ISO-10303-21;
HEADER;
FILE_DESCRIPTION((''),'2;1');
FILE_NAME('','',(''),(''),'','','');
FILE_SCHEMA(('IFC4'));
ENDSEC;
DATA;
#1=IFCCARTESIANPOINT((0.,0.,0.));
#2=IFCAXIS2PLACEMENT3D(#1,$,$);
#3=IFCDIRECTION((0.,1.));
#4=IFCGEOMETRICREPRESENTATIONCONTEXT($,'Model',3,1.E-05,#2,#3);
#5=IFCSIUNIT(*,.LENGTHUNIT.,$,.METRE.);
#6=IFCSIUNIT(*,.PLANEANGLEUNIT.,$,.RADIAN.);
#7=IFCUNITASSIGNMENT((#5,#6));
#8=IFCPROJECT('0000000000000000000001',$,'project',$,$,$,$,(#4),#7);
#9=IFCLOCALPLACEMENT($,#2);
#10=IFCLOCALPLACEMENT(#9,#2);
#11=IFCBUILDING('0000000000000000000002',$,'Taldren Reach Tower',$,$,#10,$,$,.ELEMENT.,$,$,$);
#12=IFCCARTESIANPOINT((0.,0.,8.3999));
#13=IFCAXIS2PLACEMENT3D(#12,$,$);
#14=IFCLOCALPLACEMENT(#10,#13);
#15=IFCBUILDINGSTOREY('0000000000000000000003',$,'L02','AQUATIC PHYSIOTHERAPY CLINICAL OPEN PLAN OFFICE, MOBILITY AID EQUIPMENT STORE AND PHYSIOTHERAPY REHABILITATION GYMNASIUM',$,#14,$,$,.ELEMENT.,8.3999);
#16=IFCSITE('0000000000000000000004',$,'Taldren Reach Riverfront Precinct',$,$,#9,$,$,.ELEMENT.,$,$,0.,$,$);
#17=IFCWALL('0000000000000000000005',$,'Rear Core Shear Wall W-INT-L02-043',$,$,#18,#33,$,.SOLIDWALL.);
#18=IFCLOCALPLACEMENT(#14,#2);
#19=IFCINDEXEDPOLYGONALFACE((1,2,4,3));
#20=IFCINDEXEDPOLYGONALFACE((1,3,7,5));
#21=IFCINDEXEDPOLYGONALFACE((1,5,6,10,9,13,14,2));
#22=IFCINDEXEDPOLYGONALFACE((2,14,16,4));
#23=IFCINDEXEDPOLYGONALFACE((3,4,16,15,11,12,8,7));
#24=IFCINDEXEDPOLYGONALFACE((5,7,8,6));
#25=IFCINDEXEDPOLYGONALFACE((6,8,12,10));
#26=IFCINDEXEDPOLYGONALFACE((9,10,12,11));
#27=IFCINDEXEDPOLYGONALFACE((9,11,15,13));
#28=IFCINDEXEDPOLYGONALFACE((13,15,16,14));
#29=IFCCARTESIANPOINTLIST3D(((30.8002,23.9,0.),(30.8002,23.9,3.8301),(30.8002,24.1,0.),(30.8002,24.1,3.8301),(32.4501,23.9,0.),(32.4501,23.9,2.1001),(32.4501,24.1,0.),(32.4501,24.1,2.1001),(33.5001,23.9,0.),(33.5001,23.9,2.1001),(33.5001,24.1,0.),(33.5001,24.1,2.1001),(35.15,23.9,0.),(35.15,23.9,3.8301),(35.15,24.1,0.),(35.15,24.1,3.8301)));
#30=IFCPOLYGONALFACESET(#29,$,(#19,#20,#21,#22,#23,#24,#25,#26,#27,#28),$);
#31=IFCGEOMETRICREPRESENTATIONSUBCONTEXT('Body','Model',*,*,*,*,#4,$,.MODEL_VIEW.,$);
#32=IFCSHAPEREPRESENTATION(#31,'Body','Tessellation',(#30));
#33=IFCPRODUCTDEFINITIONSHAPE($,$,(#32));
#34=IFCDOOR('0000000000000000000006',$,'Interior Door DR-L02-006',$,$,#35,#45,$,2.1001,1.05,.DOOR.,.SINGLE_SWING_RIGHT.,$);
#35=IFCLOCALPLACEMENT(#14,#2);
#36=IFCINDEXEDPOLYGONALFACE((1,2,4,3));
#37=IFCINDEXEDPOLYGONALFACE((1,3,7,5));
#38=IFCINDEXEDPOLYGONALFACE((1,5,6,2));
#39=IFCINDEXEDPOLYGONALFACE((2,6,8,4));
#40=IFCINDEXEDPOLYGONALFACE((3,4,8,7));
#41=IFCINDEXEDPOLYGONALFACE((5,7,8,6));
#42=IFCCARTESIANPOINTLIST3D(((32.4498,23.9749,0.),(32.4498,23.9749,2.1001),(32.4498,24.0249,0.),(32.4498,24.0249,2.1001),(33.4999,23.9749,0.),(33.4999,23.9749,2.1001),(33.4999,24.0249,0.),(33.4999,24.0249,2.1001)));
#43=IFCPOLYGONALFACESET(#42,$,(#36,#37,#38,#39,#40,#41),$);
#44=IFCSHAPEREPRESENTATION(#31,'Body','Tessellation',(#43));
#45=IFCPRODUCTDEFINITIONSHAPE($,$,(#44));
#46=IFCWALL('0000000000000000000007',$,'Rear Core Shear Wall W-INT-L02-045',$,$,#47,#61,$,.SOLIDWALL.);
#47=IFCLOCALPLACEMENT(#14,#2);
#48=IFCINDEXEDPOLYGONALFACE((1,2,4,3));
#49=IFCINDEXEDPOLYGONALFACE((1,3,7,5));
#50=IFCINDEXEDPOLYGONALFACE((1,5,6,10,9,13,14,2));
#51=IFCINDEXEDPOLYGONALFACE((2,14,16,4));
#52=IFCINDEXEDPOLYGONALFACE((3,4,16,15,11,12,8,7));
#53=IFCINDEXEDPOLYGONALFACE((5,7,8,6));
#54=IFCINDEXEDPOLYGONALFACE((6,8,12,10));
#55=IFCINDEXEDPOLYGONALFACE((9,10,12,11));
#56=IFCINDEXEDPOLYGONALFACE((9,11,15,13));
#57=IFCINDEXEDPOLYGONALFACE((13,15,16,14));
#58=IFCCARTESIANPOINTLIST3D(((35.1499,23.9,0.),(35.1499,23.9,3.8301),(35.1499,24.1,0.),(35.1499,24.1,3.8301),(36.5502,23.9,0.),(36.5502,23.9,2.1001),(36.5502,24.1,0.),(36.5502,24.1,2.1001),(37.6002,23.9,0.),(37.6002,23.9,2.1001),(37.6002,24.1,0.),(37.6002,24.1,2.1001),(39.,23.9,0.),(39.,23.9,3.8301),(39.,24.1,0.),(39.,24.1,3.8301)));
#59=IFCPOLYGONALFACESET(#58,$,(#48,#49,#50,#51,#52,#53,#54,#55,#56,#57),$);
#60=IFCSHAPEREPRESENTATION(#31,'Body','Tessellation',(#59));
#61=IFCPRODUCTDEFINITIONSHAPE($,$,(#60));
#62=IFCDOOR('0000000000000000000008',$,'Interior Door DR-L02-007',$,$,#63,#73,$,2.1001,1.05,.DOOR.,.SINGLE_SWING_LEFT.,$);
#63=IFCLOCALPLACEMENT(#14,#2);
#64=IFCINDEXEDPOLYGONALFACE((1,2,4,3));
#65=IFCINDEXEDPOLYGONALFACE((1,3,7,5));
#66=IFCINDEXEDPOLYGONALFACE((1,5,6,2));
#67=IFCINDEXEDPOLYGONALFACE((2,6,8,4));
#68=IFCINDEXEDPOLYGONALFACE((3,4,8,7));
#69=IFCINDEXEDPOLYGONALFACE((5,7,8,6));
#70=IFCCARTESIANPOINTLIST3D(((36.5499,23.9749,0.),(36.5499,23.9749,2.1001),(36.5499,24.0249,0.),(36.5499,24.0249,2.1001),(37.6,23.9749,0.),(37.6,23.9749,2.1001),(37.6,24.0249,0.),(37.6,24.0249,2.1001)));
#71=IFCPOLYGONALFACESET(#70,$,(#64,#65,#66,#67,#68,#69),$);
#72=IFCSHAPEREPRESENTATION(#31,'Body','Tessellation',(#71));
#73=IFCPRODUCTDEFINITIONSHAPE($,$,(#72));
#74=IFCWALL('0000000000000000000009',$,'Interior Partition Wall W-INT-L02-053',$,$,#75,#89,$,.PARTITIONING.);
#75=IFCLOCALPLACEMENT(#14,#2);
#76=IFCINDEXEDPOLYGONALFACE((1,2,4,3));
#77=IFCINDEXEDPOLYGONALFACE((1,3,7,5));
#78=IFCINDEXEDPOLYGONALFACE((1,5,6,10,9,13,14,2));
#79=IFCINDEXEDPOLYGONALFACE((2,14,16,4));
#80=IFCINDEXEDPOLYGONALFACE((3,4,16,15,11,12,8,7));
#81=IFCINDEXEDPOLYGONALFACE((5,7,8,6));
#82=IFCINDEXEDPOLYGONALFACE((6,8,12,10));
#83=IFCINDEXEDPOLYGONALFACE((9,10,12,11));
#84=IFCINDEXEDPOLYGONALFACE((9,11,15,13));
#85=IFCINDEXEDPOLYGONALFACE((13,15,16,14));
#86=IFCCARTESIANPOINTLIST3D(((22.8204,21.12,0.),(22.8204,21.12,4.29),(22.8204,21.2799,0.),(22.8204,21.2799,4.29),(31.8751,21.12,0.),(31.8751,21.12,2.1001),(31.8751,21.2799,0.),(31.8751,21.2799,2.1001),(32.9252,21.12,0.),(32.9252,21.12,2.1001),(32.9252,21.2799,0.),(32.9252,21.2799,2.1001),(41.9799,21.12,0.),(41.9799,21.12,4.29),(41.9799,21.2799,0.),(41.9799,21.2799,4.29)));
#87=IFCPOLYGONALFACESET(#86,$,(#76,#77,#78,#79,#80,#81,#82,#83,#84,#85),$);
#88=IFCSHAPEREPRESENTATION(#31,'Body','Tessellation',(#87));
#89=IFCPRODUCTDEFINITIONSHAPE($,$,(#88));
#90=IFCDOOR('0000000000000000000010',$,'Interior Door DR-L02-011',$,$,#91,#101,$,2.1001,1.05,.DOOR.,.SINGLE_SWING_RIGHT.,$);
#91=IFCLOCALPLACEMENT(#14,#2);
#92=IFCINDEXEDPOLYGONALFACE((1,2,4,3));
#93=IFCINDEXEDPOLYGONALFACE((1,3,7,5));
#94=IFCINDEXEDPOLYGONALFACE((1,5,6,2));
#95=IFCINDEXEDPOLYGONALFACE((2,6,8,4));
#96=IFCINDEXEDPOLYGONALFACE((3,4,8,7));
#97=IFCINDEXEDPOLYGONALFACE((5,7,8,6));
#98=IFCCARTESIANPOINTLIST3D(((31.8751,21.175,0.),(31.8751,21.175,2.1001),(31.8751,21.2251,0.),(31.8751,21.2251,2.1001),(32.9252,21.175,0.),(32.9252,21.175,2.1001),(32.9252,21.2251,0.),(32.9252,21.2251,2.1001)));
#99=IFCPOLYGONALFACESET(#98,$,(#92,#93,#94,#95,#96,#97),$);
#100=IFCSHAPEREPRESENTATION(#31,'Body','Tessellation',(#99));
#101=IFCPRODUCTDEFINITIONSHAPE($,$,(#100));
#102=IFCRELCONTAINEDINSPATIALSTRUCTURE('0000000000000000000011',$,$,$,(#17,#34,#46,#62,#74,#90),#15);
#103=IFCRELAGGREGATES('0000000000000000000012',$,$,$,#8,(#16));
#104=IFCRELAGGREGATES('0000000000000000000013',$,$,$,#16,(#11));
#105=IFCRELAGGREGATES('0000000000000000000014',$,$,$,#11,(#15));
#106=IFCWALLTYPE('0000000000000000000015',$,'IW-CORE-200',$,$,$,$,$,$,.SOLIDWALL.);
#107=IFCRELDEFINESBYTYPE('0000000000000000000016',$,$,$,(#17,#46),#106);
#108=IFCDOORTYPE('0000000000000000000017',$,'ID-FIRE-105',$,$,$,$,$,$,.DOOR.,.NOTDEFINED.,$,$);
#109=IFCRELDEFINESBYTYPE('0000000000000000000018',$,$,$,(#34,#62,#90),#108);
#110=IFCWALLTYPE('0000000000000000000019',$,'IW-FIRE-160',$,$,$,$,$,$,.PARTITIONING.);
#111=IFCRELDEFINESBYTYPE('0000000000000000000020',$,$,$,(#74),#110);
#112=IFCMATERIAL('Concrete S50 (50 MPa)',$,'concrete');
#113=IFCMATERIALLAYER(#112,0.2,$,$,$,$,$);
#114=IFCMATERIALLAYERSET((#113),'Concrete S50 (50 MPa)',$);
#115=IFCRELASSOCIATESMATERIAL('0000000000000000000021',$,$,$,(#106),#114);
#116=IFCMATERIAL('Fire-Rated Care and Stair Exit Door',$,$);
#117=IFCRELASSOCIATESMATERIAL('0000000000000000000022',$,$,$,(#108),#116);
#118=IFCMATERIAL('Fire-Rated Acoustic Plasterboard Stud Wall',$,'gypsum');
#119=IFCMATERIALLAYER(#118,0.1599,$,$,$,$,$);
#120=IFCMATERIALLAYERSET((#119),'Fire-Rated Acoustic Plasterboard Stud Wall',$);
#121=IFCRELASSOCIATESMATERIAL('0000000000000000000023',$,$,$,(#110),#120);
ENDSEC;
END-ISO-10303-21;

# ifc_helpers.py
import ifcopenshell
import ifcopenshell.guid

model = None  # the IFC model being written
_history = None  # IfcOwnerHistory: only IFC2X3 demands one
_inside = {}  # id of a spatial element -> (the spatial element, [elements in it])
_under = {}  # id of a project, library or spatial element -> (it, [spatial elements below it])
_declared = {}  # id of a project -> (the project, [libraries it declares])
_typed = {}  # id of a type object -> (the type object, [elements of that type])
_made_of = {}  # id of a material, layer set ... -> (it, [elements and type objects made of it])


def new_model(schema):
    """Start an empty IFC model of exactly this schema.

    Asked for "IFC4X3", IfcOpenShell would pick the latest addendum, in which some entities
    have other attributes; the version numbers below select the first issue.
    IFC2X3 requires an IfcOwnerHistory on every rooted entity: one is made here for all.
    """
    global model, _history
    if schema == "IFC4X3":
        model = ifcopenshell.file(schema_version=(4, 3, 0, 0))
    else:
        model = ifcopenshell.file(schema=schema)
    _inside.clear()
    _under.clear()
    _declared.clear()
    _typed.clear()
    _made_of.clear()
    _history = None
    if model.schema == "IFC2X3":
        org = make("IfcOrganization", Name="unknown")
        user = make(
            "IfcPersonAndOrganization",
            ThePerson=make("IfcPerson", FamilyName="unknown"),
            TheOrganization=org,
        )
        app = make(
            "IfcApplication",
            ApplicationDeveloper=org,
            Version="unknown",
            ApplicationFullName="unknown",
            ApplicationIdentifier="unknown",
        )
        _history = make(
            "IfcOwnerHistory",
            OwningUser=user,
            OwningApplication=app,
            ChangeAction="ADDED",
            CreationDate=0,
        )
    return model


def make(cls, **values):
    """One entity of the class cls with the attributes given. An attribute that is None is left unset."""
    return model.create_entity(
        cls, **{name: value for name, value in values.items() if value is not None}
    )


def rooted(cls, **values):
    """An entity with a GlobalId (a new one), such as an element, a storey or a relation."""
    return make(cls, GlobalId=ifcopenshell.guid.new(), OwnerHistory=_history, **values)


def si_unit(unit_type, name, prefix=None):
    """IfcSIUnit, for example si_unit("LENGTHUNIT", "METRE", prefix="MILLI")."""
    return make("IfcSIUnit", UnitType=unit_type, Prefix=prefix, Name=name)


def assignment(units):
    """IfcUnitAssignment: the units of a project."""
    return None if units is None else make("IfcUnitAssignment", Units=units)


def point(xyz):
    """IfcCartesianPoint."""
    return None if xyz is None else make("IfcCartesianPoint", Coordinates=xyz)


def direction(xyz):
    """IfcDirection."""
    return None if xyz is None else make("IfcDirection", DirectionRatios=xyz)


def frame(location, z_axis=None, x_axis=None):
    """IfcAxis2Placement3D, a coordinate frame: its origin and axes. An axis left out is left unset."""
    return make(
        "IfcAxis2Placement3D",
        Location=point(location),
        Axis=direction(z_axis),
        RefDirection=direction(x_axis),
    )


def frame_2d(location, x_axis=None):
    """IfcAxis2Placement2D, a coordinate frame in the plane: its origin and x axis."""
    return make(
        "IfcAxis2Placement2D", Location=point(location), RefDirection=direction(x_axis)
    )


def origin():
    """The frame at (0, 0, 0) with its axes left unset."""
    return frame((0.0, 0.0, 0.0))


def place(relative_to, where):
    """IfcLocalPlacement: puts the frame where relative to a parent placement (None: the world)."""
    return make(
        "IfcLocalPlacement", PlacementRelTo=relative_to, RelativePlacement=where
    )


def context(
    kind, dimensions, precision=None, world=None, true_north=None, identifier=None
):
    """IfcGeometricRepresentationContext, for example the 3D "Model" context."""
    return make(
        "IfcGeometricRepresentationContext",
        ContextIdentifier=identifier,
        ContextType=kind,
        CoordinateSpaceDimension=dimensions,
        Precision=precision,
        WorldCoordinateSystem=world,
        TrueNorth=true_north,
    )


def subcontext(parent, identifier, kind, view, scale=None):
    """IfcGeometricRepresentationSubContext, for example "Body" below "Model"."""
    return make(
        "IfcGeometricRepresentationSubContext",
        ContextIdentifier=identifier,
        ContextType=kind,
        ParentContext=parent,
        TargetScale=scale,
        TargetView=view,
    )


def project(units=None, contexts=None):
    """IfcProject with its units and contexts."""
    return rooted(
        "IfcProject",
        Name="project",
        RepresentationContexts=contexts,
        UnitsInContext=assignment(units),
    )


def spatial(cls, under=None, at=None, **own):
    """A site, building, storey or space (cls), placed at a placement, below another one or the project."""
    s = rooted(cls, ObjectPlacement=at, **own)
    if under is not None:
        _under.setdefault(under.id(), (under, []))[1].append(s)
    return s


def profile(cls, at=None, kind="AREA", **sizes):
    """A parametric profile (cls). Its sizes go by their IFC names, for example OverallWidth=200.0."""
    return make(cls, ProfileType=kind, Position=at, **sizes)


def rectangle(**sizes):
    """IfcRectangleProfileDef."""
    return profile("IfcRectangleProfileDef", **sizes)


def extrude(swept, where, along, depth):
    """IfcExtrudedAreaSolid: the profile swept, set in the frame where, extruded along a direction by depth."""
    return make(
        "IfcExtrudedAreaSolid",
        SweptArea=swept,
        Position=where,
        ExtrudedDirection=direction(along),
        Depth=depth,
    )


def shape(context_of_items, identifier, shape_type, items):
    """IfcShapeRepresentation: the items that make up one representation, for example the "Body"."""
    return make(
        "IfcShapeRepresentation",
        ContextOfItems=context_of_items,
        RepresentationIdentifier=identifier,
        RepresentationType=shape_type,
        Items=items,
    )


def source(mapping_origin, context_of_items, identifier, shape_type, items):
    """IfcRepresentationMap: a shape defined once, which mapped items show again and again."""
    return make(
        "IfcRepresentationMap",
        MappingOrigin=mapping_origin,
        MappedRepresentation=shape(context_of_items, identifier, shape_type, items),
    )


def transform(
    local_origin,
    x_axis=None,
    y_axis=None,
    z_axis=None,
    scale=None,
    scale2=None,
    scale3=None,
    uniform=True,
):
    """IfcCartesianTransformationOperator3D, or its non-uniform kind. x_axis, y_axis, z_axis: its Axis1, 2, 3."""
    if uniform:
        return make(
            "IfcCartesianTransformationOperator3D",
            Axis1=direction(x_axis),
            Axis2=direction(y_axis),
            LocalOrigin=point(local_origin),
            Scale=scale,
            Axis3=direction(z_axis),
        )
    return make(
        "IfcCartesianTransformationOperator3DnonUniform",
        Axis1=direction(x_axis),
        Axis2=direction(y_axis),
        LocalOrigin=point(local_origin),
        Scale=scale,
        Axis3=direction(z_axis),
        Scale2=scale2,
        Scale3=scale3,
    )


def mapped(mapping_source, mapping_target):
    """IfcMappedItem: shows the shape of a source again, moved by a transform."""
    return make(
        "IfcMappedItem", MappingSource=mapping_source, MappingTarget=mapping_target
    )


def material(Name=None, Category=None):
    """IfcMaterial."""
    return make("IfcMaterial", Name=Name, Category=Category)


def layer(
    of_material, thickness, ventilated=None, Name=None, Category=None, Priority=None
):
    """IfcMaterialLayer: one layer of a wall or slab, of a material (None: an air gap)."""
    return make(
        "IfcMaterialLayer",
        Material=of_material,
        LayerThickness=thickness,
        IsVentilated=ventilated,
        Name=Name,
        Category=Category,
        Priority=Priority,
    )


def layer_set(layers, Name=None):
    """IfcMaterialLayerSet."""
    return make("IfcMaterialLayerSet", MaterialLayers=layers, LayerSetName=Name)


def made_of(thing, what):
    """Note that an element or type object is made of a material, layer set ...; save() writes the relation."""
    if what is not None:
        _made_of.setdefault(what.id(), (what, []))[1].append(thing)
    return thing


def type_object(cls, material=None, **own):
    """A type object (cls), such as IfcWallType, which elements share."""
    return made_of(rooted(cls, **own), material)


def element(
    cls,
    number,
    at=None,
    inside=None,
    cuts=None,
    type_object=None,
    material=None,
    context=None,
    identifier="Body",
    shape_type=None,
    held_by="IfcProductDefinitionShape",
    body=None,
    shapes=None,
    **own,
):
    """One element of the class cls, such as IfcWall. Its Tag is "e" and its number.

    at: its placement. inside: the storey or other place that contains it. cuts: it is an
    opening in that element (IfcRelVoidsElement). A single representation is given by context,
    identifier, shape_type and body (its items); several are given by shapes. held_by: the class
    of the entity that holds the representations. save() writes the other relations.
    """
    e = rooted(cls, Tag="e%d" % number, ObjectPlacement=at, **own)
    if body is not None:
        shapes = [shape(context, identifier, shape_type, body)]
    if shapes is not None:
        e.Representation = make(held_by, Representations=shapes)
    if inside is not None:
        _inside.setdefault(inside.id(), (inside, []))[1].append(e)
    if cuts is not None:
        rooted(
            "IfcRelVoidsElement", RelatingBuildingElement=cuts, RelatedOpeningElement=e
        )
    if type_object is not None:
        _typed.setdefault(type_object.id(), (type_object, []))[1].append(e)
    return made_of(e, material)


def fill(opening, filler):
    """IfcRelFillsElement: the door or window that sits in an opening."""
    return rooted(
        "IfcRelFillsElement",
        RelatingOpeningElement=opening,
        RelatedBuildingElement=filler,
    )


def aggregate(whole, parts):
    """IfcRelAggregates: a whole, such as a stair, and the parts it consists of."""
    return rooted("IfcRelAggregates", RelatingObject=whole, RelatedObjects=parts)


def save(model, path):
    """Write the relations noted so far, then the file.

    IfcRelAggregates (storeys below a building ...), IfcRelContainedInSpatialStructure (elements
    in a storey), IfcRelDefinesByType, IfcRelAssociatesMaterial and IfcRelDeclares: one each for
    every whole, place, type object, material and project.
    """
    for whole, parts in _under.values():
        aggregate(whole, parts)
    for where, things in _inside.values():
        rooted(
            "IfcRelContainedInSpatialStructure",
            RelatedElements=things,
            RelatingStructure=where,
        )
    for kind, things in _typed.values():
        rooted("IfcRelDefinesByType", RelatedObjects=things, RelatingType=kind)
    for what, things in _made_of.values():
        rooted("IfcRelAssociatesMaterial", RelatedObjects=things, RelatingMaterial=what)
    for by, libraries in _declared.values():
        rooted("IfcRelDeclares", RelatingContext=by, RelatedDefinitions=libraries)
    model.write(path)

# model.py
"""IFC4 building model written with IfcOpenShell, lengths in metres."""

from ifc_helpers import new_model, si_unit, direction, frame, frame_2d, origin, place, context, subcontext, project, spatial, rectangle, extrude, source, transform, mapped, material, layer, layer_set, type_object, element, fill, save


model = new_model("IFC4")

# Units and contexts
model_context = context("Model", 3, precision=1e-05, world=origin(), true_north=direction((0.0, 1.0)))
body_context = subcontext(model_context, "Body", "Model", "MODEL_VIEW")
ifc_project = project(units=[si_unit("LENGTHUNIT", "METRE"), si_unit("PLANEANGLEUNIT", "RADIAN")], contexts=[model_context])

# Site, building, storey
site_placement = place(None, origin())
site = spatial("IfcSite", under=ifc_project, at=site_placement, Name="Taldren Reach Riverfront Precinct", CompositionType="ELEMENT", RefElevation=0.0)
building_placement = place(site_placement, origin())
building = spatial("IfcBuilding", under=site, at=building_placement, Name="Taldren Reach Tower", CompositionType="ELEMENT")
storey_placement = place(building_placement, frame((0.0, 0.0, 8.3999)))
storey = spatial("IfcBuildingStorey", under=building, at=storey_placement, Name="L02", Description="AQUATIC PHYSIOTHERAPY CLINICAL OPEN PLAN OFFICE, MOBILITY AID EQUIPMENT STORE AND PHYSIOTHERAPY REHABILITATION GYMNASIUM", CompositionType="ELEMENT", Elevation=8.3999)

# Shared definitions
ifc_material_1 = material(Name="Concrete S50 (50 MPa)", Category="concrete")
ifc_layer_1 = layer(ifc_material_1, 0.2)
ifc_layer_set_1 = layer_set([ifc_layer_1], Name="Concrete S50 (50 MPa)")
wall_type_1 = type_object("IfcWallType", Name="IW-CORE-200", PredefinedType="SOLIDWALL", material=ifc_layer_set_1)
shared_shape_1 = source(origin(), body_context, "Body", "SweptSolid", [
    extrude(rectangle(XDim=1.05, YDim=2.1001, at=frame_2d((0.5249, 1.05))), frame((0.0, 0.1099, 0.0), z_axis=(0.0, -1.0, 0.0), x_axis=(1.0, 0.0, 0.0)), (0.0, 0.0, 1.0), 0.22),
])
ifc_material_2 = material(Name="Fire-Rated Care and Stair Exit Door")
door_type = type_object("IfcDoorType", Name="ID-FIRE-105", OperationType="NOTDEFINED", PredefinedType="DOOR", material=ifc_material_2)
shared_shape_2 = source(origin(), body_context, "Body", "SweptSolid", [
    extrude(rectangle(XDim=1.05, YDim=2.1001, at=frame_2d((0.5249, 1.05))), frame((0.0, 0.0249, 0.0), z_axis=(0.0, -1.0, 0.0), x_axis=(1.0, 0.0, 0.0)), (0.0, 0.0, 1.0), 0.05),
])

# Shared definitions
ifc_material_3 = material(Name="Fire-Rated Acoustic Plasterboard Stud Wall", Category="gypsum")
ifc_layer_2 = layer(ifc_material_3, 0.1599)
ifc_layer_set_2 = layer_set([ifc_layer_2], Name="Fire-Rated Acoustic Plasterboard Stud Wall")
wall_type_2 = type_object("IfcWallType", Name="IW-FIRE-160", PredefinedType="PARTITIONING", material=ifc_layer_set_2)

# Walls, openings, doors
shared_shape_3 = source(origin(), body_context, "Body", "SweptSolid", [
    extrude(rectangle(XDim=4.3499, YDim=0.2, at=frame_2d((2.1748, 0.0))), origin(), (0.0, 0.0, 1.0), 3.8301),
])
wall_1_placement = place(storey_placement, frame((35.1499, 24.0, 0.0), z_axis=(0.0, 0.0, 1.0), x_axis=(-1.0, 0.0, 0.0)))
wall_1 = element("IfcWall", 1, at=wall_1_placement, inside=storey, type_object=wall_type_1, Name="Rear Core Shear Wall W-INT-L02-043", PredefinedType="SOLIDWALL", context=body_context, shape_type="MappedRepresentation", body=[
    mapped(shared_shape_3, transform((0.0, 0.0, 0.0), scale=1.0)),
])
opening_1_placement = place(wall_1_placement, frame((1.6499, 0.0, 0.0)))
opening_1 = element("IfcOpeningElement", 2, at=opening_1_placement, cuts=wall_1, PredefinedType="OPENING", context=body_context, shape_type="MappedRepresentation", body=[
    mapped(shared_shape_1, transform((0.0, 0.0, 0.0), scale=1.0)),
])
door_1_placement = place(opening_1_placement, frame((1.05, 0.0, 0.0), z_axis=(0.0, 0.0, 1.0), x_axis=(-1.0, 0.0, 0.0)))
door_1 = element("IfcDoor", 3, at=door_1_placement, inside=storey, type_object=door_type, Name="Interior Door DR-L02-006", OperationType="SINGLE_SWING_RIGHT", OverallHeight=2.1001, OverallWidth=1.05, PredefinedType="DOOR", context=body_context, shape_type="MappedRepresentation", body=[
    mapped(shared_shape_2, transform((0.0, 0.0, 0.0), scale=1.0)),
])
fill(opening_1, door_1)
shared_shape_4 = source(origin(), body_context, "Body", "SweptSolid", [
    extrude(rectangle(XDim=3.8501, YDim=0.2, at=frame_2d((1.925, 0.0))), origin(), (0.0, 0.0, 1.0), 3.8301),
])
wall_2_placement = place(storey_placement, frame((39.0, 24.0, 0.0), z_axis=(0.0, 0.0, 1.0), x_axis=(-1.0, 0.0, 0.0)))
wall_2 = element("IfcWall", 4, at=wall_2_placement, inside=storey, type_object=wall_type_1, Name="Rear Core Shear Wall W-INT-L02-045", PredefinedType="SOLIDWALL", context=body_context, shape_type="MappedRepresentation", body=[
    mapped(shared_shape_4, transform((0.0, 0.0, 0.0), scale=1.0)),
])
opening_2_placement = place(wall_2_placement, frame((1.3999, 0.0, 0.0)))
opening_2 = element("IfcOpeningElement", 5, at=opening_2_placement, cuts=wall_2, PredefinedType="OPENING", context=body_context, shape_type="MappedRepresentation", body=[
    mapped(shared_shape_1, transform((0.0, 0.0, 0.0), scale=1.0)),
])
door_2_placement = place(opening_2_placement, frame((1.05, 0.0, 0.0), z_axis=(0.0, 0.0, 1.0), x_axis=(-1.0, 0.0, 0.0)))
door_2 = element("IfcDoor", 6, at=door_2_placement, inside=storey, type_object=door_type, Name="Interior Door DR-L02-007", OperationType="SINGLE_SWING_LEFT", OverallHeight=2.1001, OverallWidth=1.05, PredefinedType="DOOR", context=body_context, shape_type="MappedRepresentation", body=[
    mapped(shared_shape_2, transform((0.0, 0.0, 0.0), scale=1.0)),
])
fill(opening_2, door_2)
shared_shape_5 = source(origin(), body_context, "Body", "SweptSolid", [
    extrude(rectangle(XDim=19.1594, YDim=0.1599, at=frame_2d((9.5796, 0.0))), origin(), (0.0, 0.0, 1.0), 4.29),
])
wall_3_placement = place(storey_placement, frame((41.9797, 21.2, 0.0), z_axis=(0.0, 0.0, 1.0), x_axis=(-1.0, 0.0, 0.0)))
wall_3 = element("IfcWall", 7, at=wall_3_placement, inside=storey, type_object=wall_type_2, Name="Interior Partition Wall W-INT-L02-053", PredefinedType="PARTITIONING", context=body_context, shape_type="MappedRepresentation", body=[
    mapped(shared_shape_5, transform((0.0, 0.0, 0.0), scale=1.0)),
])
shared_shape_6 = source(origin(), body_context, "Body", "SweptSolid", [
    extrude(rectangle(XDim=1.05, YDim=2.1001, at=frame_2d((0.5249, 1.05))), frame((0.0, 0.0898, 0.0), z_axis=(0.0, -1.0, 0.0), x_axis=(1.0, 0.0, 0.0)), (0.0, 0.0, 1.0), 0.1799),
])
opening_3_placement = place(wall_3_placement, frame((9.0547, 0.0, 0.0)))
opening_3 = element("IfcOpeningElement", 8, at=opening_3_placement, cuts=wall_3, PredefinedType="OPENING", context=body_context, shape_type="MappedRepresentation", body=[
    mapped(shared_shape_6, transform((0.0, 0.0, 0.0), scale=1.0)),
])
door_3_placement = place(opening_3_placement, origin())
door_3 = element("IfcDoor", 9, at=door_3_placement, inside=storey, type_object=door_type, Name="Interior Door DR-L02-011", OperationType="SINGLE_SWING_RIGHT", OverallHeight=2.1001, OverallWidth=1.05, PredefinedType="DOOR", context=body_context, shape_type="MappedRepresentation", body=[
    mapped(shared_shape_2, transform((0.0, 0.0, 0.0), scale=1.0)),
])
fill(opening_3, door_3)

save(model, "model.ifc")
